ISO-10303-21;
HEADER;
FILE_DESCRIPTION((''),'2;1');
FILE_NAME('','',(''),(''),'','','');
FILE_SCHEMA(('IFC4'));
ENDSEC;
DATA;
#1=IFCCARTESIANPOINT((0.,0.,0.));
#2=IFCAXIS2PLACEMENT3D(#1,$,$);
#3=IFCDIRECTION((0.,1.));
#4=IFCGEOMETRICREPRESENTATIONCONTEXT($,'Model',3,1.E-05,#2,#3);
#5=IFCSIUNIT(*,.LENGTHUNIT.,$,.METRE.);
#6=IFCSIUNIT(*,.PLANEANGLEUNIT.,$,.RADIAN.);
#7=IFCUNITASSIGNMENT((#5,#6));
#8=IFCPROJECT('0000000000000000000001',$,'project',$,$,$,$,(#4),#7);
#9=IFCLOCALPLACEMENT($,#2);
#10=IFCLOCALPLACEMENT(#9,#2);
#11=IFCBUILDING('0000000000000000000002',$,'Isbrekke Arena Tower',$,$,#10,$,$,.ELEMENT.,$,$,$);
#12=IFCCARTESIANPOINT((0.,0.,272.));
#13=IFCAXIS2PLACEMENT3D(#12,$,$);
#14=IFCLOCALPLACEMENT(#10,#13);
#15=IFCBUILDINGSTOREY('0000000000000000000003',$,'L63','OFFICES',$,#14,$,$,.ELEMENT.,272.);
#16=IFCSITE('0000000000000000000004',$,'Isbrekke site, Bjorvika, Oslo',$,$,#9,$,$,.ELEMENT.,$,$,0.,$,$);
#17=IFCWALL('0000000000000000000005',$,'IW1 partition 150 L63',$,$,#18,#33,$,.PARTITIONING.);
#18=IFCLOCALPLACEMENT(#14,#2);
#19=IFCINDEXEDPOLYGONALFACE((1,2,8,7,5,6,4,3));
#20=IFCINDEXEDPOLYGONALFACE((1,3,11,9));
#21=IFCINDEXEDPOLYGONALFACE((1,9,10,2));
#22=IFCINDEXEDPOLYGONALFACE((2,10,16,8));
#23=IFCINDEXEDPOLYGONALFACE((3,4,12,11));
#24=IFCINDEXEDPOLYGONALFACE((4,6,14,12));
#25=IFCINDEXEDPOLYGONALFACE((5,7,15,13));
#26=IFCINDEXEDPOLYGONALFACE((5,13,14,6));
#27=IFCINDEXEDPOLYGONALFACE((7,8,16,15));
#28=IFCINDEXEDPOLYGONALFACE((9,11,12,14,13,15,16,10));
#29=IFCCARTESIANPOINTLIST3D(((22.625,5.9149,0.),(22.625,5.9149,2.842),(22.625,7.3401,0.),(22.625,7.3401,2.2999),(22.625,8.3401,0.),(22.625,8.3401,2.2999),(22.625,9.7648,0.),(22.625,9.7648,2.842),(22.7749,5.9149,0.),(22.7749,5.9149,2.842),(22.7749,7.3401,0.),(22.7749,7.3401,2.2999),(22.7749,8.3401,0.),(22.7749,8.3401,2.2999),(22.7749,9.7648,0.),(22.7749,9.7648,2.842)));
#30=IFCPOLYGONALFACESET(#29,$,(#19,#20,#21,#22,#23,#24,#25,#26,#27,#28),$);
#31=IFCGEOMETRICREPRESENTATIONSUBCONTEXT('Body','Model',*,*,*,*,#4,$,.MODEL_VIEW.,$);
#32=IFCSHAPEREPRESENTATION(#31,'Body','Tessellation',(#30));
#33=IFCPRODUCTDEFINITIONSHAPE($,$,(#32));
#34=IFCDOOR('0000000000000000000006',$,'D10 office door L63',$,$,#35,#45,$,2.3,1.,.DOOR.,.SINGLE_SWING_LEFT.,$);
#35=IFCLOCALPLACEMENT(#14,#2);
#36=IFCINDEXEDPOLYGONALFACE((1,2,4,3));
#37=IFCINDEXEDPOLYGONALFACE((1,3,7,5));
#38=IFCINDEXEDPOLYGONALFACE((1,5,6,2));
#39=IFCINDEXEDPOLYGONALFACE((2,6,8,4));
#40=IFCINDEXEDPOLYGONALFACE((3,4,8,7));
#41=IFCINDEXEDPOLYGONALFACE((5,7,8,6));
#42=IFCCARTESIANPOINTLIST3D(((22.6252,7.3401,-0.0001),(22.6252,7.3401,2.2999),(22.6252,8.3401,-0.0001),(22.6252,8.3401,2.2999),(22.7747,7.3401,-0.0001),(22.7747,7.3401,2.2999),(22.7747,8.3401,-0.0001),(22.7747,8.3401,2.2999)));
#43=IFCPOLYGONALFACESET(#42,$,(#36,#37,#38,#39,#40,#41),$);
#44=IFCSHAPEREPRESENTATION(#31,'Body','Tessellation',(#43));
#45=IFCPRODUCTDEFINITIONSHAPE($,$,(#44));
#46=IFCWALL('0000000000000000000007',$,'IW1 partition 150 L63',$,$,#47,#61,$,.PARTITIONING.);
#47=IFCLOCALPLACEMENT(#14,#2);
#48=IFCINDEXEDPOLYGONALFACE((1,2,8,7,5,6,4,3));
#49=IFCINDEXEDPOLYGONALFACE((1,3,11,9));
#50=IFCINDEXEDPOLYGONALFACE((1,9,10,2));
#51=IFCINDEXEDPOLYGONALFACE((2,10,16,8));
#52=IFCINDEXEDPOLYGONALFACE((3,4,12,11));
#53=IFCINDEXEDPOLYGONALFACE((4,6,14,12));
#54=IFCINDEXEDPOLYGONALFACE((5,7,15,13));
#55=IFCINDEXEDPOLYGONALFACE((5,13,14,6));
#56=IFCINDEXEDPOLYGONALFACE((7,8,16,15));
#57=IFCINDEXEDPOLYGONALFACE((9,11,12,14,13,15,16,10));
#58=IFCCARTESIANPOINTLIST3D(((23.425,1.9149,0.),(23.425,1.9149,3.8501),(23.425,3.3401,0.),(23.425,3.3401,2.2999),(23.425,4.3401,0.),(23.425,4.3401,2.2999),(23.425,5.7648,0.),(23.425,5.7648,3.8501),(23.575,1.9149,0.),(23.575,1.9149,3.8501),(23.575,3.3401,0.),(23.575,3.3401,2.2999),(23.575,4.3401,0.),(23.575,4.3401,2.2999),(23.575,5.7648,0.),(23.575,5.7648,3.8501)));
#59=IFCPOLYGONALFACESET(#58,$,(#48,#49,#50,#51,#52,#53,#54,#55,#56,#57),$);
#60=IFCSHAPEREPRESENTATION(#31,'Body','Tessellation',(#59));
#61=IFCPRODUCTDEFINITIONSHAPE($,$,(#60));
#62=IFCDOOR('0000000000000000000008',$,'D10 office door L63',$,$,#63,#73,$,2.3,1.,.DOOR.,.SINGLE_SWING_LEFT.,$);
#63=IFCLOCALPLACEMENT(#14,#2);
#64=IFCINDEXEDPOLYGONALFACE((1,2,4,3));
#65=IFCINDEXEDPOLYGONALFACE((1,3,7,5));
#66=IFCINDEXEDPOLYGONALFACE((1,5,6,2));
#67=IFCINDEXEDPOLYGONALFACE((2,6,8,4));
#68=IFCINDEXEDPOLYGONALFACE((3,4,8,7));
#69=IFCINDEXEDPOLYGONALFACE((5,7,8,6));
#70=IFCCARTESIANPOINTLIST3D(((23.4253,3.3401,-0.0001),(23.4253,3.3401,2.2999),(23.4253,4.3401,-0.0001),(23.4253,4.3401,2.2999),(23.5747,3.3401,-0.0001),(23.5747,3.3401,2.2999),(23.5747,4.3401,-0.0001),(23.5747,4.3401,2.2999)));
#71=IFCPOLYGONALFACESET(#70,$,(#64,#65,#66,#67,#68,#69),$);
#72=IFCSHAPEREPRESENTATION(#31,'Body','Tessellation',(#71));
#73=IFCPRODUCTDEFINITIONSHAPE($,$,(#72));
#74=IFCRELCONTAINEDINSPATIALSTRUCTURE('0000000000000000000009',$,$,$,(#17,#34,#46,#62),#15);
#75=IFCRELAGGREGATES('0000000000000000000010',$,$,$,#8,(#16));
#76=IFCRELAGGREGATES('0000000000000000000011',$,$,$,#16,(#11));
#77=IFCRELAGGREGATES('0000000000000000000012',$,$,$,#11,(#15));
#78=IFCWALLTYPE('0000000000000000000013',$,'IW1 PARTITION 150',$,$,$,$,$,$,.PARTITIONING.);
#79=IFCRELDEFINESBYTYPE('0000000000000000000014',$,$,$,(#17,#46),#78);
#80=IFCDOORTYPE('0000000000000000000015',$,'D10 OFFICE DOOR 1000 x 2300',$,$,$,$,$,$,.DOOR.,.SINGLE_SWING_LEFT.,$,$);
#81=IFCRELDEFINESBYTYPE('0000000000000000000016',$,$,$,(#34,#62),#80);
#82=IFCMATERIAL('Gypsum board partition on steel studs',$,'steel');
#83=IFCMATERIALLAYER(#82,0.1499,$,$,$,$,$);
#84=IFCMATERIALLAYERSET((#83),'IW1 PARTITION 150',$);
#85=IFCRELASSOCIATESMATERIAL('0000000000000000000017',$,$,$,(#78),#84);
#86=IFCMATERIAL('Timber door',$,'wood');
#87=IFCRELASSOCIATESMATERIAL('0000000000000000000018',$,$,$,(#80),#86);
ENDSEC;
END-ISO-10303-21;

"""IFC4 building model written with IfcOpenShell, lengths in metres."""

from ifc_helpers import new_model, si_unit, direction, frame, frame_2d, origin, place, context, subcontext, project, spatial, rectangle, extrude, material, layer, layer_set, type_object, element, fill, save


model = new_model("IFC4")

# Units and contexts
model_context = context("Model", 3, precision=1e-05, world=origin(), true_north=direction((0.0, 1.0)))
body_context = subcontext(model_context, "Body", "Model", "MODEL_VIEW")
ifc_project = project(units=[si_unit("LENGTHUNIT", "METRE"), si_unit("PLANEANGLEUNIT", "RADIAN")], contexts=[model_context])

# Site, building, storey
site_placement = place(None, origin())
site = spatial("IfcSite", under=ifc_project, at=site_placement, Name="Isbrekke site, Bjorvika, Oslo", CompositionType="ELEMENT", RefElevation=0.0)
building_placement = place(site_placement, origin())
building = spatial("IfcBuilding", under=site, at=building_placement, Name="Isbrekke Arena Tower", CompositionType="ELEMENT")
storey_placement = place(building_placement, frame((0.0, 0.0, 272.0)))
storey = spatial("IfcBuildingStorey", under=building, at=storey_placement, Name="L63", Description="OFFICES", CompositionType="ELEMENT", Elevation=272.0)

# Shared definitions
ifc_material_1 = material(Name="Gypsum board partition on steel studs", Category="steel")
ifc_layer_1 = layer(ifc_material_1, 0.1499)
ifc_layer_set_1 = layer_set([ifc_layer_1], Name="IW1 PARTITION 150")
wall_type = type_object("IfcWallType", Name="IW1 PARTITION 150", PredefinedType="PARTITIONING", material=ifc_layer_set_1)

# Walls, openings, doors
ifc_material_2 = material(Name="Timber door", Category="wood")
door_type = type_object("IfcDoorType", Name="D10 OFFICE DOOR 1000 x 2300", OperationType="SINGLE_SWING_LEFT", PredefinedType="DOOR", material=ifc_material_2)
wall_1_placement = place(storey_placement, frame((22.7, 5.915, 0.0), z_axis=(0.0, 0.0, 1.0), x_axis=(0.0, 1.0, 0.0)))
wall_1 = element("IfcWall", 1, at=wall_1_placement, inside=storey, type_object=wall_type, Name="IW1 partition 150 L63", PredefinedType="PARTITIONING", context=body_context, shape_type="SweptSolid", body=[
    extrude(rectangle(XDim=3.8499, YDim=0.1499, at=frame_2d((1.9248, 0.0))), origin(), (0.0, 0.0, 1.0), 2.842),
])
opening_1_placement = place(wall_1_placement, frame((1.425, 0.0, 0.0)))
opening_1 = element("IfcOpeningElement", 2, at=opening_1_placement, cuts=wall_1, PredefinedType="OPENING", context=body_context, shape_type="SweptSolid", body=[
    extrude(rectangle(XDim=1.0, YDim=2.3, at=frame_2d((0.5, 1.1499))), frame((0.0, 0.0898, 0.0), z_axis=(0.0, -1.0, 0.0), x_axis=(1.0, 0.0, 0.0)), (0.0, 0.0, 1.0), 0.1797),
])
door_1_placement = place(opening_1_placement, origin())
door_1 = element("IfcDoor", 3, at=door_1_placement, inside=storey, type_object=door_type, Name="D10 office door L63", OperationType="SINGLE_SWING_LEFT", OverallHeight=2.3, OverallWidth=1.0, PredefinedType="DOOR", context=body_context, shape_type="SweptSolid", body=[
    extrude(rectangle(XDim=1.0, YDim=2.3, at=frame_2d((0.5, 1.1499))), frame((0.0, 0.0747, 0.0), z_axis=(0.0, -1.0, 0.0), x_axis=(1.0, 0.0, 0.0)), (0.0, 0.0, 1.0), 0.1494),
])
fill(opening_1, door_1)
wall_2_placement = place(storey_placement, frame((23.5, 1.915, 0.0), z_axis=(0.0, 0.0, 1.0), x_axis=(0.0, 1.0, 0.0)))
wall_2 = element("IfcWall", 4, at=wall_2_placement, inside=storey, type_object=wall_type, Name="IW1 partition 150 L63", PredefinedType="PARTITIONING", context=body_context, shape_type="SweptSolid", body=[
    extrude(rectangle(XDim=3.8499, YDim=0.1499, at=frame_2d((1.9248, 0.0))), origin(), (0.0, 0.0, 1.0), 3.8501),
])
opening_2_placement = place(wall_2_placement, frame((1.425, 0.0, 0.0)))
opening_2 = element("IfcOpeningElement", 5, at=opening_2_placement, cuts=wall_2, PredefinedType="OPENING", context=body_context, shape_type="SweptSolid", body=[
    extrude(rectangle(XDim=1.0, YDim=2.3, at=frame_2d((0.5, 1.1499))), frame((0.0, 0.0898, 0.0), z_axis=(0.0, -1.0, 0.0), x_axis=(1.0, 0.0, 0.0)), (0.0, 0.0, 1.0), 0.1797),
])
door_2_placement = place(opening_2_placement, origin())
door_2 = element("IfcDoor", 6, at=door_2_placement, inside=storey, type_object=door_type, Name="D10 office door L63", OperationType="SINGLE_SWING_LEFT", OverallHeight=2.3, OverallWidth=1.0, PredefinedType="DOOR", context=body_context, shape_type="SweptSolid", body=[
    extrude(rectangle(XDim=1.0, YDim=2.3, at=frame_2d((0.5, 1.1499))), frame((0.0, 0.0747, 0.0), z_axis=(0.0, -1.0, 0.0), x_axis=(1.0, 0.0, 0.0)), (0.0, 0.0, 1.0), 0.1494),
])
fill(opening_2, door_2)

save(model, "model.ifc")
